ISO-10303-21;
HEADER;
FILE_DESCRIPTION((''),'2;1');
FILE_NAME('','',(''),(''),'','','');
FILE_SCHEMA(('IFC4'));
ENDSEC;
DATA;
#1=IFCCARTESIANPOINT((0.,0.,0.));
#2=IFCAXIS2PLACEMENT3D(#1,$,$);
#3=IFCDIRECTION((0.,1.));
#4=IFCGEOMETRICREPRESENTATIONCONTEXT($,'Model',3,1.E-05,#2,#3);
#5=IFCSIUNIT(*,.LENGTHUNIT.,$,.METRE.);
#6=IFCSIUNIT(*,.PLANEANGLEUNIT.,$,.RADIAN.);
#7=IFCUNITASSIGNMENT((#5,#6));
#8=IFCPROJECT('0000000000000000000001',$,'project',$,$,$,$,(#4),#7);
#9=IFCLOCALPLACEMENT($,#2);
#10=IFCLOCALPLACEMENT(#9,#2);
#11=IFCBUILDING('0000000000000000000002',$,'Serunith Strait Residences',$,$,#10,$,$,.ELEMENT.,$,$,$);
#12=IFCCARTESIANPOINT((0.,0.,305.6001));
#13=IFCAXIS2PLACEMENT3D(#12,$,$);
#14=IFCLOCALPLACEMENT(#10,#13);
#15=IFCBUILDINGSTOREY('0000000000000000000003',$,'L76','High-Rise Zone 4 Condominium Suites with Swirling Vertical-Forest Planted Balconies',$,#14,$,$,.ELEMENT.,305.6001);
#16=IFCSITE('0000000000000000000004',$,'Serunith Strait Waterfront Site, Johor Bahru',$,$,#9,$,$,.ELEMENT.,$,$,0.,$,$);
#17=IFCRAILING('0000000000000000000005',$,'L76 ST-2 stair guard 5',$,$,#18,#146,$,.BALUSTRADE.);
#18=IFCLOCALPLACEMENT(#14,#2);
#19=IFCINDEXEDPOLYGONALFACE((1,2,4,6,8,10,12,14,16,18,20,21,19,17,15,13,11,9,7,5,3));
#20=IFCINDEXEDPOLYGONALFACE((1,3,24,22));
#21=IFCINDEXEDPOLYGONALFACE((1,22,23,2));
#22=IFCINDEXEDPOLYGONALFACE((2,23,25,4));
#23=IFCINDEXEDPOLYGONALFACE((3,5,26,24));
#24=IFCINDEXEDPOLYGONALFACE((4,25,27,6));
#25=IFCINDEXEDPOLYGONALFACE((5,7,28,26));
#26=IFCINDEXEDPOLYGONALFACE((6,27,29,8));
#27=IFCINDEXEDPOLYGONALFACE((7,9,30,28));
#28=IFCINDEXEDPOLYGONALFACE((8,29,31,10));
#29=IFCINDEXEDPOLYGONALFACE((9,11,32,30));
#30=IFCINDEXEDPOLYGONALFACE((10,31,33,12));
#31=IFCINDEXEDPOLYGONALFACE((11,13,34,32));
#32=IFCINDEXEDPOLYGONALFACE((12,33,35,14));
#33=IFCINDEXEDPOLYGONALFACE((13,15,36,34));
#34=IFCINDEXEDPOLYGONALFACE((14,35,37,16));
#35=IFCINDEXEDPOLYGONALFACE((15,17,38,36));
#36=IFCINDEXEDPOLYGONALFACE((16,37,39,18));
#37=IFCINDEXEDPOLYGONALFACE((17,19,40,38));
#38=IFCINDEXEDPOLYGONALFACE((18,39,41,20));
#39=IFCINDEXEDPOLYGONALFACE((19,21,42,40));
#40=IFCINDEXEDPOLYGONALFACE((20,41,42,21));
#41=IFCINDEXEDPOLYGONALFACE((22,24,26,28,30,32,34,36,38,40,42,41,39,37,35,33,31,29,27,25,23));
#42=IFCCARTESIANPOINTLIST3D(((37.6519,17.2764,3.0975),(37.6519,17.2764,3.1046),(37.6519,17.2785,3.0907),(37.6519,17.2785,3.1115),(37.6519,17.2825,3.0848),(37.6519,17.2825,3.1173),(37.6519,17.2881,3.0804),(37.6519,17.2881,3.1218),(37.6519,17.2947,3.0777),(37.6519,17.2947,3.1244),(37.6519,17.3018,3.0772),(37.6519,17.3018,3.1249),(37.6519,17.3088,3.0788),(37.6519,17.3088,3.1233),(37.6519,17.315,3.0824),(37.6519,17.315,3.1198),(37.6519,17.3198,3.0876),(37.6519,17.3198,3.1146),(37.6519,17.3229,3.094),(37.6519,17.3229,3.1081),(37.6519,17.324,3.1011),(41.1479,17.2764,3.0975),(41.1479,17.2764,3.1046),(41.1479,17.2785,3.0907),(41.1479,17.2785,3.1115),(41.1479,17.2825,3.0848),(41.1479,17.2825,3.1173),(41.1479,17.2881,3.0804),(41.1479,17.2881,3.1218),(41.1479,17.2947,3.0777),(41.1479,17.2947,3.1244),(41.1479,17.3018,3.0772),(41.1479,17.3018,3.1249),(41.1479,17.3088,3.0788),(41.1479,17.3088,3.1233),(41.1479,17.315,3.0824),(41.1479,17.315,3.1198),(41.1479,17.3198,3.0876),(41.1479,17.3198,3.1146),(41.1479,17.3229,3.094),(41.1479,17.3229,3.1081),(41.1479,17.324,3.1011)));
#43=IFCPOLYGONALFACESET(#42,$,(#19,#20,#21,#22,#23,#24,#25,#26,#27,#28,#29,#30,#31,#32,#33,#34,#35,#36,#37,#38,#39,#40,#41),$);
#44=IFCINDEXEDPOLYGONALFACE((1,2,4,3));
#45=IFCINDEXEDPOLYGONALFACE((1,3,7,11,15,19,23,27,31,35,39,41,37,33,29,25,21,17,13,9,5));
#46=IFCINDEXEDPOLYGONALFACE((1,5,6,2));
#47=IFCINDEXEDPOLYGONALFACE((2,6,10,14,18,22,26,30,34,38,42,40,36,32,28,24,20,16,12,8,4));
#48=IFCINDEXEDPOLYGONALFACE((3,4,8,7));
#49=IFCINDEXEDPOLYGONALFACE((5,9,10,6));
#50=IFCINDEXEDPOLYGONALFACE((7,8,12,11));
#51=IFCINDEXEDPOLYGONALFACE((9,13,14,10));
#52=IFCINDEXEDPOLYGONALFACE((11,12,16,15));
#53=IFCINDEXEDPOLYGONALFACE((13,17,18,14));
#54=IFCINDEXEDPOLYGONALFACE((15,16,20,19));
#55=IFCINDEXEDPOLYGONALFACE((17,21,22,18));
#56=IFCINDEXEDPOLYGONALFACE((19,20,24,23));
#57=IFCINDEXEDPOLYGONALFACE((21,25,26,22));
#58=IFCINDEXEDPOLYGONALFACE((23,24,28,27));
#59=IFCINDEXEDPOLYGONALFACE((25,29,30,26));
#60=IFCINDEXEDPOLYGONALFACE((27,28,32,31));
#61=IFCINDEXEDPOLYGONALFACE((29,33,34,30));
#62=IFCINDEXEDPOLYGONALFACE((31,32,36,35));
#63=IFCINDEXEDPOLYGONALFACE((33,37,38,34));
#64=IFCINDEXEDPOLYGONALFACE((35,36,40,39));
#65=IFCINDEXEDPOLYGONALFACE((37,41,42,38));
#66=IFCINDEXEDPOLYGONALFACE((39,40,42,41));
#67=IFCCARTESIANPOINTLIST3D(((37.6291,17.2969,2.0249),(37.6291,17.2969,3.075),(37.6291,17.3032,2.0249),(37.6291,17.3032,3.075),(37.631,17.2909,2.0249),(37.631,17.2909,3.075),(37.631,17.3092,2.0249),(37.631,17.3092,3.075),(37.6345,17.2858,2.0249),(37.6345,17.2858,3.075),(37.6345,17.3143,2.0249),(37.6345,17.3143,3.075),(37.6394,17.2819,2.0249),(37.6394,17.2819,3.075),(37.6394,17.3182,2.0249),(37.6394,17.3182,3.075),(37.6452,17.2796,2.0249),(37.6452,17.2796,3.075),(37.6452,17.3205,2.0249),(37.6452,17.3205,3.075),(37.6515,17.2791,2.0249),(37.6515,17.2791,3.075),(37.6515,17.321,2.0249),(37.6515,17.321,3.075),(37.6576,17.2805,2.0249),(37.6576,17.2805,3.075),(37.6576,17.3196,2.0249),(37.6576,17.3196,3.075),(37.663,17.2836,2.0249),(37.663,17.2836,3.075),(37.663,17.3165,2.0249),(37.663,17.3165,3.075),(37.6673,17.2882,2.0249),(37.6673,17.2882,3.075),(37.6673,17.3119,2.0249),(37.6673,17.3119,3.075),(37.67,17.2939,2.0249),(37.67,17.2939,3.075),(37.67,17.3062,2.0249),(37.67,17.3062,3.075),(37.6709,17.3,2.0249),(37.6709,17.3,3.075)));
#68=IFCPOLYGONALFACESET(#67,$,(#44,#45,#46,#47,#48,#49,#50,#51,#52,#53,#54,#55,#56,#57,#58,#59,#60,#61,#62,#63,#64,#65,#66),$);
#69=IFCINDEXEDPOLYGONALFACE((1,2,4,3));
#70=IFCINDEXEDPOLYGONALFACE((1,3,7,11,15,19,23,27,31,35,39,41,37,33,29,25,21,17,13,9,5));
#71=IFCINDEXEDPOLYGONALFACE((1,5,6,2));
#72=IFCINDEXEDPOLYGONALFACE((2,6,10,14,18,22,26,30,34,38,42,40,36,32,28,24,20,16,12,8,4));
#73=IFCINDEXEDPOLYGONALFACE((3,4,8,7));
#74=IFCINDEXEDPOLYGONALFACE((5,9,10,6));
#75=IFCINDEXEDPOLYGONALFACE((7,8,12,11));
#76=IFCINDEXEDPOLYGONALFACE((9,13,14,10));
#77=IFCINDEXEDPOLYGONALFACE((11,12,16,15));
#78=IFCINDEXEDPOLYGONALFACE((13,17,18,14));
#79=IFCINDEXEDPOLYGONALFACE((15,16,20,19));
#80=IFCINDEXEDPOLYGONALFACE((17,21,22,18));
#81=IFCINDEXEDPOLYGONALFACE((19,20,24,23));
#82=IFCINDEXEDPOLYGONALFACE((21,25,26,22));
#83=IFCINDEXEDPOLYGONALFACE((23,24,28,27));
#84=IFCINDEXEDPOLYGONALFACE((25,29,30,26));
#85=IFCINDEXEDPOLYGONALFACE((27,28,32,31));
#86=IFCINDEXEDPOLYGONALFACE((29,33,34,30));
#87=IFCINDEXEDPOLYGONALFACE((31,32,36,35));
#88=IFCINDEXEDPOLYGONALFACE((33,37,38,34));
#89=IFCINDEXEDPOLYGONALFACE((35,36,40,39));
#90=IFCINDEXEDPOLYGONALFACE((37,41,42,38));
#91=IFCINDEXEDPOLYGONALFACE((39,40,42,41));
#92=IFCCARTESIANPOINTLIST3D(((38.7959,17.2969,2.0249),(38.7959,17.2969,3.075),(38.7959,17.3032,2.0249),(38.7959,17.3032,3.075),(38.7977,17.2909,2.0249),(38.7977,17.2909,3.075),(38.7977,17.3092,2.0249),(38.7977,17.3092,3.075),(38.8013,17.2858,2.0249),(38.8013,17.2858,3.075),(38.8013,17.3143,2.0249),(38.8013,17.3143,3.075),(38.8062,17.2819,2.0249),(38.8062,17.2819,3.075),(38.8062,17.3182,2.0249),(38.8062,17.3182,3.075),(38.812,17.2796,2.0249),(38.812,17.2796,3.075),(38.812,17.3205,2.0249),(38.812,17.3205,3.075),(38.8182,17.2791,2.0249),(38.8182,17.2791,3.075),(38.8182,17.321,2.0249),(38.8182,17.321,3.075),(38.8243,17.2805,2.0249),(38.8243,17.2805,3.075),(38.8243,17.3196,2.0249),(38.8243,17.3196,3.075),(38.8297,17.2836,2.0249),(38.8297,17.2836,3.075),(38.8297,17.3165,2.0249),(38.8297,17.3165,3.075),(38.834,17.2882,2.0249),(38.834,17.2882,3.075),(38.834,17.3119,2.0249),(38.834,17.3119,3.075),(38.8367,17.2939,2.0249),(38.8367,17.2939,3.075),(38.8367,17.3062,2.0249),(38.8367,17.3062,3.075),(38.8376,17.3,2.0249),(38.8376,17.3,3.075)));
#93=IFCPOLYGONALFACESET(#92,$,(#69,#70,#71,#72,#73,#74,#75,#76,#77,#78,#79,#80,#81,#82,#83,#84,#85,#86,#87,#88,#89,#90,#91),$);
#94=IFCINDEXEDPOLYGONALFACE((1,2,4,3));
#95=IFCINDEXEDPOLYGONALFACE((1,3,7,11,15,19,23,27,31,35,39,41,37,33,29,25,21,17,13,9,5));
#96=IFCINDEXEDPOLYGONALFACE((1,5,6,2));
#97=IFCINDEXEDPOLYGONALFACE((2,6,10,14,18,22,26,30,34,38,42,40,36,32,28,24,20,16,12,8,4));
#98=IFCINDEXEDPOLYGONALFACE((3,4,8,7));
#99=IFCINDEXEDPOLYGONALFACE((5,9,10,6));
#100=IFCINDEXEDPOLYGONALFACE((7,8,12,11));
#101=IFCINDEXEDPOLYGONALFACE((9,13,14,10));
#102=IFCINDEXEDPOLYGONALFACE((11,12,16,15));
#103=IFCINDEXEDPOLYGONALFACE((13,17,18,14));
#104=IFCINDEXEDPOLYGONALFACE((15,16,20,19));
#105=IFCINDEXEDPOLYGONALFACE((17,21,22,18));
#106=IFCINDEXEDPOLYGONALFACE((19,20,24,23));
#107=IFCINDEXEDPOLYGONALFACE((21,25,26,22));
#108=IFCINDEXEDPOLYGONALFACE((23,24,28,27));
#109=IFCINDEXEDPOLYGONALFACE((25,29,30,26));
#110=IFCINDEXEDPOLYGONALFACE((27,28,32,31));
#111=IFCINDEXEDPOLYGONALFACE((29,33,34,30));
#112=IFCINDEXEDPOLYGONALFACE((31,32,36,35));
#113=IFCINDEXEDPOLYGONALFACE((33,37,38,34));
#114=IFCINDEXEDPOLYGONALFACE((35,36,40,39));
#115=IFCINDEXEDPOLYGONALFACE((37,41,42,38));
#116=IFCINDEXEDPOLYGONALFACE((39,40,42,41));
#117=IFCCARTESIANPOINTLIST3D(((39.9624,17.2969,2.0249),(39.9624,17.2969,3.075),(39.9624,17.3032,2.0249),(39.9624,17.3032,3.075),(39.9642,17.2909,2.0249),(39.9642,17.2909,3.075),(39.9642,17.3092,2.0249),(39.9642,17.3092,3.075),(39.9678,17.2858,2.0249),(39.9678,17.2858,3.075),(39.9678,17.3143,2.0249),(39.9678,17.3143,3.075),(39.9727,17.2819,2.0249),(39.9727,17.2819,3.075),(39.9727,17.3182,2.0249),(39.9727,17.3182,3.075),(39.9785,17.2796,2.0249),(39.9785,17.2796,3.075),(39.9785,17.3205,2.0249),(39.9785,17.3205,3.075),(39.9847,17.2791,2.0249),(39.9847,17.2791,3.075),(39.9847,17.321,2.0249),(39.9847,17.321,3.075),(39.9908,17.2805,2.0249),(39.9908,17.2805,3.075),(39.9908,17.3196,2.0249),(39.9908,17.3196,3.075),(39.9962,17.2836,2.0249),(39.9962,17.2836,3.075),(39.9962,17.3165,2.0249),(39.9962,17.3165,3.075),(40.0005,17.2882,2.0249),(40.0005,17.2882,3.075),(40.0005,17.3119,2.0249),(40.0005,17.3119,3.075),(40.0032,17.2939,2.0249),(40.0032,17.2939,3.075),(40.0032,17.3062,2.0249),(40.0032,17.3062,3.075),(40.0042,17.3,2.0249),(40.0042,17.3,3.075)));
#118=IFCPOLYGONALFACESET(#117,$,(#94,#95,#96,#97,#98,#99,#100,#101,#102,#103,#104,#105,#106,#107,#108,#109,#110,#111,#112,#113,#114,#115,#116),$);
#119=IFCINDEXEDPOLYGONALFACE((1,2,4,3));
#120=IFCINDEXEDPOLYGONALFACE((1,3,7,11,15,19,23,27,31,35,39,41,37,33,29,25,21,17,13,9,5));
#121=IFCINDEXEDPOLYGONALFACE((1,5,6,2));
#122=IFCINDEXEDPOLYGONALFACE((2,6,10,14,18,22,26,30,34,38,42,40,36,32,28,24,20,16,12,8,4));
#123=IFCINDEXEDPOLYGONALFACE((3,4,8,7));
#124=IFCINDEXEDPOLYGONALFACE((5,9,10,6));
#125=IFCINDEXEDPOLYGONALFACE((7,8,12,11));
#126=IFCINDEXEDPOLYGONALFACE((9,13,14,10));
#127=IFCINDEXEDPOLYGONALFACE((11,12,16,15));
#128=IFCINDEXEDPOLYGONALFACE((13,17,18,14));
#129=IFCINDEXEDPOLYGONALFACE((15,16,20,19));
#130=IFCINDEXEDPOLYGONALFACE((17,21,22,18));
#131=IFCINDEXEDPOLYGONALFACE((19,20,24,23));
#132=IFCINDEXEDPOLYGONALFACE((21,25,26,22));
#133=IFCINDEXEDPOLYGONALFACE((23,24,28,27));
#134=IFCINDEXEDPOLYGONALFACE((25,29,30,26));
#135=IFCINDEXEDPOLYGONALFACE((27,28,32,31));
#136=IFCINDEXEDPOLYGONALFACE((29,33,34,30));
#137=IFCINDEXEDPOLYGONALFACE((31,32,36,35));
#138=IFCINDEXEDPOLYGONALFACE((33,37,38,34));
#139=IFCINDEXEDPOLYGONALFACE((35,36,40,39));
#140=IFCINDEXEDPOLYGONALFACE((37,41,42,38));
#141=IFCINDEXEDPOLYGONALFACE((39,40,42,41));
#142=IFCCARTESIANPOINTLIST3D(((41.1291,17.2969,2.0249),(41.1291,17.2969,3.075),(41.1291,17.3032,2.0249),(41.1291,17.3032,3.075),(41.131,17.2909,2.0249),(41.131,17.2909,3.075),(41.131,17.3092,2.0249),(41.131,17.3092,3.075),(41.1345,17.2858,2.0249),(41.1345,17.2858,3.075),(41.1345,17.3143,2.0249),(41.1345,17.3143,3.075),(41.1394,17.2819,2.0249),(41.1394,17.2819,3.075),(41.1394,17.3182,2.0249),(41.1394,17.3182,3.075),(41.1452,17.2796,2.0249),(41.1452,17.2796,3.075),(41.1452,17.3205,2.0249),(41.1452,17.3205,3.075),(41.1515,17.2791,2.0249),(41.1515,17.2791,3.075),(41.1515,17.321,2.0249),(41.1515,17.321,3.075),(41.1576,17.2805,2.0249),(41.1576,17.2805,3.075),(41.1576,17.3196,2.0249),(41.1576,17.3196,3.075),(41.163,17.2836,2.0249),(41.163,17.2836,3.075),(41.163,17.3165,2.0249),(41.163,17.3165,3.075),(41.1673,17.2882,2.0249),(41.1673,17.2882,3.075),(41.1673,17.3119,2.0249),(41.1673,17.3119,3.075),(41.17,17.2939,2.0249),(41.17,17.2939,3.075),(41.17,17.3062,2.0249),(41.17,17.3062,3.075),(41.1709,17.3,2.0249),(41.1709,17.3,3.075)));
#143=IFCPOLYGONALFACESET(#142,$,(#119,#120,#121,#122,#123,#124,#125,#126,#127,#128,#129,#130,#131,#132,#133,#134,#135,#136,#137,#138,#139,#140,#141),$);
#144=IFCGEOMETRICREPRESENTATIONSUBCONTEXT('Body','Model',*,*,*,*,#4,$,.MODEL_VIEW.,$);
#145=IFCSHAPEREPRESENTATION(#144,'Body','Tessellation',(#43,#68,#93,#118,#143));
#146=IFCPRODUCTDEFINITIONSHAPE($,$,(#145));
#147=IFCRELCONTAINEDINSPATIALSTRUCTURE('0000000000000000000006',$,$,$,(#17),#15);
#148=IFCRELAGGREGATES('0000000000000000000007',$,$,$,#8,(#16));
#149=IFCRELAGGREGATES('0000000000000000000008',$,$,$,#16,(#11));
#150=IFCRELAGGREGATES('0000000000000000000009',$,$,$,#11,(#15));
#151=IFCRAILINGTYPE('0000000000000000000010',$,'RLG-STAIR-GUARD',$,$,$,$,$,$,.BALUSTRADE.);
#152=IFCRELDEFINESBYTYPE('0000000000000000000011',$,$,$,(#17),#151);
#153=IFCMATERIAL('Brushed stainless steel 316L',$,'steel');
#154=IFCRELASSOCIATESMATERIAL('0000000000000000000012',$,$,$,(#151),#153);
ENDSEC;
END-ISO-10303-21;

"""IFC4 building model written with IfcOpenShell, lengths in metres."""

from ifc_helpers import new_model, si_unit, direction, frame, origin, origin_2d, place, context, subcontext, project, spatial, circle, extrude, material, type_object, element, save


model = new_model("IFC4")

# Units and contexts
model_context = context("Model", 3, precision=1e-05, world=origin(), true_north=direction((0.0, 1.0)))
body_context = subcontext(model_context, "Body", "Model", "MODEL_VIEW")
ifc_project = project(units=[si_unit("LENGTHUNIT", "METRE"), si_unit("PLANEANGLEUNIT", "RADIAN")], contexts=[model_context])

# Site, building, storey
site_placement = place(None, origin())
site = spatial("IfcSite", under=ifc_project, at=site_placement, Name="Serunith Strait Waterfront Site, Johor Bahru", CompositionType="ELEMENT", RefElevation=0.0)
building_placement = place(site_placement, origin())
building = spatial("IfcBuilding", under=site, at=building_placement, Name="Serunith Strait Residences", CompositionType="ELEMENT")
storey_placement = place(building_placement, frame((0.0, 0.0, 305.6001)))
storey = spatial("IfcBuildingStorey", under=building, at=storey_placement, Name="L76", Description="High-Rise Zone 4 Condominium Suites with Swirling Vertical-Forest Planted Balconies", CompositionType="ELEMENT", Elevation=305.6001)

# Railing
ifc_material_1 = material(Name="Brushed stainless steel 316L", Category="steel")
railing_type_1 = type_object("IfcRailingType", Name="RLG-STAIR-GUARD", PredefinedType="BALUSTRADE", material=ifc_material_1)
railing_1_placement = place(storey_placement, frame((37.6499, 17.3, 2.0249)))
element("IfcRailing", 1, at=railing_1_placement, inside=storey, type_object=railing_type_1, Name="L76 ST-2 stair guard 5", PredefinedType="BALUSTRADE", context=body_context, shape_type="SweptSolid", body=[
    extrude(circle(Radius=0.0239, at=origin_2d()), frame((0.002, 0.0, 1.0762), z_axis=(1.0, 0.0, 0.0), x_axis=(0.0, 1.0, 0.0)), (0.0, 0.0, 1.0), 3.4961),
    extrude(circle(Radius=0.021, at=origin_2d()), origin(), (0.0, 0.0, 1.0), 1.05),
    extrude(circle(Radius=0.021, at=origin_2d()), frame((1.1667, 0.0, 0.0)), (0.0, 0.0, 1.0), 1.05),
    extrude(circle(Radius=0.021, at=origin_2d()), frame((2.3333, 0.0, 0.0)), (0.0, 0.0, 1.0), 1.05),
    extrude(circle(Radius=0.021, at=origin_2d()), frame((3.5, 0.0, 0.0)), (0.0, 0.0, 1.0), 1.05),
])

save(model, "model.ifc")
